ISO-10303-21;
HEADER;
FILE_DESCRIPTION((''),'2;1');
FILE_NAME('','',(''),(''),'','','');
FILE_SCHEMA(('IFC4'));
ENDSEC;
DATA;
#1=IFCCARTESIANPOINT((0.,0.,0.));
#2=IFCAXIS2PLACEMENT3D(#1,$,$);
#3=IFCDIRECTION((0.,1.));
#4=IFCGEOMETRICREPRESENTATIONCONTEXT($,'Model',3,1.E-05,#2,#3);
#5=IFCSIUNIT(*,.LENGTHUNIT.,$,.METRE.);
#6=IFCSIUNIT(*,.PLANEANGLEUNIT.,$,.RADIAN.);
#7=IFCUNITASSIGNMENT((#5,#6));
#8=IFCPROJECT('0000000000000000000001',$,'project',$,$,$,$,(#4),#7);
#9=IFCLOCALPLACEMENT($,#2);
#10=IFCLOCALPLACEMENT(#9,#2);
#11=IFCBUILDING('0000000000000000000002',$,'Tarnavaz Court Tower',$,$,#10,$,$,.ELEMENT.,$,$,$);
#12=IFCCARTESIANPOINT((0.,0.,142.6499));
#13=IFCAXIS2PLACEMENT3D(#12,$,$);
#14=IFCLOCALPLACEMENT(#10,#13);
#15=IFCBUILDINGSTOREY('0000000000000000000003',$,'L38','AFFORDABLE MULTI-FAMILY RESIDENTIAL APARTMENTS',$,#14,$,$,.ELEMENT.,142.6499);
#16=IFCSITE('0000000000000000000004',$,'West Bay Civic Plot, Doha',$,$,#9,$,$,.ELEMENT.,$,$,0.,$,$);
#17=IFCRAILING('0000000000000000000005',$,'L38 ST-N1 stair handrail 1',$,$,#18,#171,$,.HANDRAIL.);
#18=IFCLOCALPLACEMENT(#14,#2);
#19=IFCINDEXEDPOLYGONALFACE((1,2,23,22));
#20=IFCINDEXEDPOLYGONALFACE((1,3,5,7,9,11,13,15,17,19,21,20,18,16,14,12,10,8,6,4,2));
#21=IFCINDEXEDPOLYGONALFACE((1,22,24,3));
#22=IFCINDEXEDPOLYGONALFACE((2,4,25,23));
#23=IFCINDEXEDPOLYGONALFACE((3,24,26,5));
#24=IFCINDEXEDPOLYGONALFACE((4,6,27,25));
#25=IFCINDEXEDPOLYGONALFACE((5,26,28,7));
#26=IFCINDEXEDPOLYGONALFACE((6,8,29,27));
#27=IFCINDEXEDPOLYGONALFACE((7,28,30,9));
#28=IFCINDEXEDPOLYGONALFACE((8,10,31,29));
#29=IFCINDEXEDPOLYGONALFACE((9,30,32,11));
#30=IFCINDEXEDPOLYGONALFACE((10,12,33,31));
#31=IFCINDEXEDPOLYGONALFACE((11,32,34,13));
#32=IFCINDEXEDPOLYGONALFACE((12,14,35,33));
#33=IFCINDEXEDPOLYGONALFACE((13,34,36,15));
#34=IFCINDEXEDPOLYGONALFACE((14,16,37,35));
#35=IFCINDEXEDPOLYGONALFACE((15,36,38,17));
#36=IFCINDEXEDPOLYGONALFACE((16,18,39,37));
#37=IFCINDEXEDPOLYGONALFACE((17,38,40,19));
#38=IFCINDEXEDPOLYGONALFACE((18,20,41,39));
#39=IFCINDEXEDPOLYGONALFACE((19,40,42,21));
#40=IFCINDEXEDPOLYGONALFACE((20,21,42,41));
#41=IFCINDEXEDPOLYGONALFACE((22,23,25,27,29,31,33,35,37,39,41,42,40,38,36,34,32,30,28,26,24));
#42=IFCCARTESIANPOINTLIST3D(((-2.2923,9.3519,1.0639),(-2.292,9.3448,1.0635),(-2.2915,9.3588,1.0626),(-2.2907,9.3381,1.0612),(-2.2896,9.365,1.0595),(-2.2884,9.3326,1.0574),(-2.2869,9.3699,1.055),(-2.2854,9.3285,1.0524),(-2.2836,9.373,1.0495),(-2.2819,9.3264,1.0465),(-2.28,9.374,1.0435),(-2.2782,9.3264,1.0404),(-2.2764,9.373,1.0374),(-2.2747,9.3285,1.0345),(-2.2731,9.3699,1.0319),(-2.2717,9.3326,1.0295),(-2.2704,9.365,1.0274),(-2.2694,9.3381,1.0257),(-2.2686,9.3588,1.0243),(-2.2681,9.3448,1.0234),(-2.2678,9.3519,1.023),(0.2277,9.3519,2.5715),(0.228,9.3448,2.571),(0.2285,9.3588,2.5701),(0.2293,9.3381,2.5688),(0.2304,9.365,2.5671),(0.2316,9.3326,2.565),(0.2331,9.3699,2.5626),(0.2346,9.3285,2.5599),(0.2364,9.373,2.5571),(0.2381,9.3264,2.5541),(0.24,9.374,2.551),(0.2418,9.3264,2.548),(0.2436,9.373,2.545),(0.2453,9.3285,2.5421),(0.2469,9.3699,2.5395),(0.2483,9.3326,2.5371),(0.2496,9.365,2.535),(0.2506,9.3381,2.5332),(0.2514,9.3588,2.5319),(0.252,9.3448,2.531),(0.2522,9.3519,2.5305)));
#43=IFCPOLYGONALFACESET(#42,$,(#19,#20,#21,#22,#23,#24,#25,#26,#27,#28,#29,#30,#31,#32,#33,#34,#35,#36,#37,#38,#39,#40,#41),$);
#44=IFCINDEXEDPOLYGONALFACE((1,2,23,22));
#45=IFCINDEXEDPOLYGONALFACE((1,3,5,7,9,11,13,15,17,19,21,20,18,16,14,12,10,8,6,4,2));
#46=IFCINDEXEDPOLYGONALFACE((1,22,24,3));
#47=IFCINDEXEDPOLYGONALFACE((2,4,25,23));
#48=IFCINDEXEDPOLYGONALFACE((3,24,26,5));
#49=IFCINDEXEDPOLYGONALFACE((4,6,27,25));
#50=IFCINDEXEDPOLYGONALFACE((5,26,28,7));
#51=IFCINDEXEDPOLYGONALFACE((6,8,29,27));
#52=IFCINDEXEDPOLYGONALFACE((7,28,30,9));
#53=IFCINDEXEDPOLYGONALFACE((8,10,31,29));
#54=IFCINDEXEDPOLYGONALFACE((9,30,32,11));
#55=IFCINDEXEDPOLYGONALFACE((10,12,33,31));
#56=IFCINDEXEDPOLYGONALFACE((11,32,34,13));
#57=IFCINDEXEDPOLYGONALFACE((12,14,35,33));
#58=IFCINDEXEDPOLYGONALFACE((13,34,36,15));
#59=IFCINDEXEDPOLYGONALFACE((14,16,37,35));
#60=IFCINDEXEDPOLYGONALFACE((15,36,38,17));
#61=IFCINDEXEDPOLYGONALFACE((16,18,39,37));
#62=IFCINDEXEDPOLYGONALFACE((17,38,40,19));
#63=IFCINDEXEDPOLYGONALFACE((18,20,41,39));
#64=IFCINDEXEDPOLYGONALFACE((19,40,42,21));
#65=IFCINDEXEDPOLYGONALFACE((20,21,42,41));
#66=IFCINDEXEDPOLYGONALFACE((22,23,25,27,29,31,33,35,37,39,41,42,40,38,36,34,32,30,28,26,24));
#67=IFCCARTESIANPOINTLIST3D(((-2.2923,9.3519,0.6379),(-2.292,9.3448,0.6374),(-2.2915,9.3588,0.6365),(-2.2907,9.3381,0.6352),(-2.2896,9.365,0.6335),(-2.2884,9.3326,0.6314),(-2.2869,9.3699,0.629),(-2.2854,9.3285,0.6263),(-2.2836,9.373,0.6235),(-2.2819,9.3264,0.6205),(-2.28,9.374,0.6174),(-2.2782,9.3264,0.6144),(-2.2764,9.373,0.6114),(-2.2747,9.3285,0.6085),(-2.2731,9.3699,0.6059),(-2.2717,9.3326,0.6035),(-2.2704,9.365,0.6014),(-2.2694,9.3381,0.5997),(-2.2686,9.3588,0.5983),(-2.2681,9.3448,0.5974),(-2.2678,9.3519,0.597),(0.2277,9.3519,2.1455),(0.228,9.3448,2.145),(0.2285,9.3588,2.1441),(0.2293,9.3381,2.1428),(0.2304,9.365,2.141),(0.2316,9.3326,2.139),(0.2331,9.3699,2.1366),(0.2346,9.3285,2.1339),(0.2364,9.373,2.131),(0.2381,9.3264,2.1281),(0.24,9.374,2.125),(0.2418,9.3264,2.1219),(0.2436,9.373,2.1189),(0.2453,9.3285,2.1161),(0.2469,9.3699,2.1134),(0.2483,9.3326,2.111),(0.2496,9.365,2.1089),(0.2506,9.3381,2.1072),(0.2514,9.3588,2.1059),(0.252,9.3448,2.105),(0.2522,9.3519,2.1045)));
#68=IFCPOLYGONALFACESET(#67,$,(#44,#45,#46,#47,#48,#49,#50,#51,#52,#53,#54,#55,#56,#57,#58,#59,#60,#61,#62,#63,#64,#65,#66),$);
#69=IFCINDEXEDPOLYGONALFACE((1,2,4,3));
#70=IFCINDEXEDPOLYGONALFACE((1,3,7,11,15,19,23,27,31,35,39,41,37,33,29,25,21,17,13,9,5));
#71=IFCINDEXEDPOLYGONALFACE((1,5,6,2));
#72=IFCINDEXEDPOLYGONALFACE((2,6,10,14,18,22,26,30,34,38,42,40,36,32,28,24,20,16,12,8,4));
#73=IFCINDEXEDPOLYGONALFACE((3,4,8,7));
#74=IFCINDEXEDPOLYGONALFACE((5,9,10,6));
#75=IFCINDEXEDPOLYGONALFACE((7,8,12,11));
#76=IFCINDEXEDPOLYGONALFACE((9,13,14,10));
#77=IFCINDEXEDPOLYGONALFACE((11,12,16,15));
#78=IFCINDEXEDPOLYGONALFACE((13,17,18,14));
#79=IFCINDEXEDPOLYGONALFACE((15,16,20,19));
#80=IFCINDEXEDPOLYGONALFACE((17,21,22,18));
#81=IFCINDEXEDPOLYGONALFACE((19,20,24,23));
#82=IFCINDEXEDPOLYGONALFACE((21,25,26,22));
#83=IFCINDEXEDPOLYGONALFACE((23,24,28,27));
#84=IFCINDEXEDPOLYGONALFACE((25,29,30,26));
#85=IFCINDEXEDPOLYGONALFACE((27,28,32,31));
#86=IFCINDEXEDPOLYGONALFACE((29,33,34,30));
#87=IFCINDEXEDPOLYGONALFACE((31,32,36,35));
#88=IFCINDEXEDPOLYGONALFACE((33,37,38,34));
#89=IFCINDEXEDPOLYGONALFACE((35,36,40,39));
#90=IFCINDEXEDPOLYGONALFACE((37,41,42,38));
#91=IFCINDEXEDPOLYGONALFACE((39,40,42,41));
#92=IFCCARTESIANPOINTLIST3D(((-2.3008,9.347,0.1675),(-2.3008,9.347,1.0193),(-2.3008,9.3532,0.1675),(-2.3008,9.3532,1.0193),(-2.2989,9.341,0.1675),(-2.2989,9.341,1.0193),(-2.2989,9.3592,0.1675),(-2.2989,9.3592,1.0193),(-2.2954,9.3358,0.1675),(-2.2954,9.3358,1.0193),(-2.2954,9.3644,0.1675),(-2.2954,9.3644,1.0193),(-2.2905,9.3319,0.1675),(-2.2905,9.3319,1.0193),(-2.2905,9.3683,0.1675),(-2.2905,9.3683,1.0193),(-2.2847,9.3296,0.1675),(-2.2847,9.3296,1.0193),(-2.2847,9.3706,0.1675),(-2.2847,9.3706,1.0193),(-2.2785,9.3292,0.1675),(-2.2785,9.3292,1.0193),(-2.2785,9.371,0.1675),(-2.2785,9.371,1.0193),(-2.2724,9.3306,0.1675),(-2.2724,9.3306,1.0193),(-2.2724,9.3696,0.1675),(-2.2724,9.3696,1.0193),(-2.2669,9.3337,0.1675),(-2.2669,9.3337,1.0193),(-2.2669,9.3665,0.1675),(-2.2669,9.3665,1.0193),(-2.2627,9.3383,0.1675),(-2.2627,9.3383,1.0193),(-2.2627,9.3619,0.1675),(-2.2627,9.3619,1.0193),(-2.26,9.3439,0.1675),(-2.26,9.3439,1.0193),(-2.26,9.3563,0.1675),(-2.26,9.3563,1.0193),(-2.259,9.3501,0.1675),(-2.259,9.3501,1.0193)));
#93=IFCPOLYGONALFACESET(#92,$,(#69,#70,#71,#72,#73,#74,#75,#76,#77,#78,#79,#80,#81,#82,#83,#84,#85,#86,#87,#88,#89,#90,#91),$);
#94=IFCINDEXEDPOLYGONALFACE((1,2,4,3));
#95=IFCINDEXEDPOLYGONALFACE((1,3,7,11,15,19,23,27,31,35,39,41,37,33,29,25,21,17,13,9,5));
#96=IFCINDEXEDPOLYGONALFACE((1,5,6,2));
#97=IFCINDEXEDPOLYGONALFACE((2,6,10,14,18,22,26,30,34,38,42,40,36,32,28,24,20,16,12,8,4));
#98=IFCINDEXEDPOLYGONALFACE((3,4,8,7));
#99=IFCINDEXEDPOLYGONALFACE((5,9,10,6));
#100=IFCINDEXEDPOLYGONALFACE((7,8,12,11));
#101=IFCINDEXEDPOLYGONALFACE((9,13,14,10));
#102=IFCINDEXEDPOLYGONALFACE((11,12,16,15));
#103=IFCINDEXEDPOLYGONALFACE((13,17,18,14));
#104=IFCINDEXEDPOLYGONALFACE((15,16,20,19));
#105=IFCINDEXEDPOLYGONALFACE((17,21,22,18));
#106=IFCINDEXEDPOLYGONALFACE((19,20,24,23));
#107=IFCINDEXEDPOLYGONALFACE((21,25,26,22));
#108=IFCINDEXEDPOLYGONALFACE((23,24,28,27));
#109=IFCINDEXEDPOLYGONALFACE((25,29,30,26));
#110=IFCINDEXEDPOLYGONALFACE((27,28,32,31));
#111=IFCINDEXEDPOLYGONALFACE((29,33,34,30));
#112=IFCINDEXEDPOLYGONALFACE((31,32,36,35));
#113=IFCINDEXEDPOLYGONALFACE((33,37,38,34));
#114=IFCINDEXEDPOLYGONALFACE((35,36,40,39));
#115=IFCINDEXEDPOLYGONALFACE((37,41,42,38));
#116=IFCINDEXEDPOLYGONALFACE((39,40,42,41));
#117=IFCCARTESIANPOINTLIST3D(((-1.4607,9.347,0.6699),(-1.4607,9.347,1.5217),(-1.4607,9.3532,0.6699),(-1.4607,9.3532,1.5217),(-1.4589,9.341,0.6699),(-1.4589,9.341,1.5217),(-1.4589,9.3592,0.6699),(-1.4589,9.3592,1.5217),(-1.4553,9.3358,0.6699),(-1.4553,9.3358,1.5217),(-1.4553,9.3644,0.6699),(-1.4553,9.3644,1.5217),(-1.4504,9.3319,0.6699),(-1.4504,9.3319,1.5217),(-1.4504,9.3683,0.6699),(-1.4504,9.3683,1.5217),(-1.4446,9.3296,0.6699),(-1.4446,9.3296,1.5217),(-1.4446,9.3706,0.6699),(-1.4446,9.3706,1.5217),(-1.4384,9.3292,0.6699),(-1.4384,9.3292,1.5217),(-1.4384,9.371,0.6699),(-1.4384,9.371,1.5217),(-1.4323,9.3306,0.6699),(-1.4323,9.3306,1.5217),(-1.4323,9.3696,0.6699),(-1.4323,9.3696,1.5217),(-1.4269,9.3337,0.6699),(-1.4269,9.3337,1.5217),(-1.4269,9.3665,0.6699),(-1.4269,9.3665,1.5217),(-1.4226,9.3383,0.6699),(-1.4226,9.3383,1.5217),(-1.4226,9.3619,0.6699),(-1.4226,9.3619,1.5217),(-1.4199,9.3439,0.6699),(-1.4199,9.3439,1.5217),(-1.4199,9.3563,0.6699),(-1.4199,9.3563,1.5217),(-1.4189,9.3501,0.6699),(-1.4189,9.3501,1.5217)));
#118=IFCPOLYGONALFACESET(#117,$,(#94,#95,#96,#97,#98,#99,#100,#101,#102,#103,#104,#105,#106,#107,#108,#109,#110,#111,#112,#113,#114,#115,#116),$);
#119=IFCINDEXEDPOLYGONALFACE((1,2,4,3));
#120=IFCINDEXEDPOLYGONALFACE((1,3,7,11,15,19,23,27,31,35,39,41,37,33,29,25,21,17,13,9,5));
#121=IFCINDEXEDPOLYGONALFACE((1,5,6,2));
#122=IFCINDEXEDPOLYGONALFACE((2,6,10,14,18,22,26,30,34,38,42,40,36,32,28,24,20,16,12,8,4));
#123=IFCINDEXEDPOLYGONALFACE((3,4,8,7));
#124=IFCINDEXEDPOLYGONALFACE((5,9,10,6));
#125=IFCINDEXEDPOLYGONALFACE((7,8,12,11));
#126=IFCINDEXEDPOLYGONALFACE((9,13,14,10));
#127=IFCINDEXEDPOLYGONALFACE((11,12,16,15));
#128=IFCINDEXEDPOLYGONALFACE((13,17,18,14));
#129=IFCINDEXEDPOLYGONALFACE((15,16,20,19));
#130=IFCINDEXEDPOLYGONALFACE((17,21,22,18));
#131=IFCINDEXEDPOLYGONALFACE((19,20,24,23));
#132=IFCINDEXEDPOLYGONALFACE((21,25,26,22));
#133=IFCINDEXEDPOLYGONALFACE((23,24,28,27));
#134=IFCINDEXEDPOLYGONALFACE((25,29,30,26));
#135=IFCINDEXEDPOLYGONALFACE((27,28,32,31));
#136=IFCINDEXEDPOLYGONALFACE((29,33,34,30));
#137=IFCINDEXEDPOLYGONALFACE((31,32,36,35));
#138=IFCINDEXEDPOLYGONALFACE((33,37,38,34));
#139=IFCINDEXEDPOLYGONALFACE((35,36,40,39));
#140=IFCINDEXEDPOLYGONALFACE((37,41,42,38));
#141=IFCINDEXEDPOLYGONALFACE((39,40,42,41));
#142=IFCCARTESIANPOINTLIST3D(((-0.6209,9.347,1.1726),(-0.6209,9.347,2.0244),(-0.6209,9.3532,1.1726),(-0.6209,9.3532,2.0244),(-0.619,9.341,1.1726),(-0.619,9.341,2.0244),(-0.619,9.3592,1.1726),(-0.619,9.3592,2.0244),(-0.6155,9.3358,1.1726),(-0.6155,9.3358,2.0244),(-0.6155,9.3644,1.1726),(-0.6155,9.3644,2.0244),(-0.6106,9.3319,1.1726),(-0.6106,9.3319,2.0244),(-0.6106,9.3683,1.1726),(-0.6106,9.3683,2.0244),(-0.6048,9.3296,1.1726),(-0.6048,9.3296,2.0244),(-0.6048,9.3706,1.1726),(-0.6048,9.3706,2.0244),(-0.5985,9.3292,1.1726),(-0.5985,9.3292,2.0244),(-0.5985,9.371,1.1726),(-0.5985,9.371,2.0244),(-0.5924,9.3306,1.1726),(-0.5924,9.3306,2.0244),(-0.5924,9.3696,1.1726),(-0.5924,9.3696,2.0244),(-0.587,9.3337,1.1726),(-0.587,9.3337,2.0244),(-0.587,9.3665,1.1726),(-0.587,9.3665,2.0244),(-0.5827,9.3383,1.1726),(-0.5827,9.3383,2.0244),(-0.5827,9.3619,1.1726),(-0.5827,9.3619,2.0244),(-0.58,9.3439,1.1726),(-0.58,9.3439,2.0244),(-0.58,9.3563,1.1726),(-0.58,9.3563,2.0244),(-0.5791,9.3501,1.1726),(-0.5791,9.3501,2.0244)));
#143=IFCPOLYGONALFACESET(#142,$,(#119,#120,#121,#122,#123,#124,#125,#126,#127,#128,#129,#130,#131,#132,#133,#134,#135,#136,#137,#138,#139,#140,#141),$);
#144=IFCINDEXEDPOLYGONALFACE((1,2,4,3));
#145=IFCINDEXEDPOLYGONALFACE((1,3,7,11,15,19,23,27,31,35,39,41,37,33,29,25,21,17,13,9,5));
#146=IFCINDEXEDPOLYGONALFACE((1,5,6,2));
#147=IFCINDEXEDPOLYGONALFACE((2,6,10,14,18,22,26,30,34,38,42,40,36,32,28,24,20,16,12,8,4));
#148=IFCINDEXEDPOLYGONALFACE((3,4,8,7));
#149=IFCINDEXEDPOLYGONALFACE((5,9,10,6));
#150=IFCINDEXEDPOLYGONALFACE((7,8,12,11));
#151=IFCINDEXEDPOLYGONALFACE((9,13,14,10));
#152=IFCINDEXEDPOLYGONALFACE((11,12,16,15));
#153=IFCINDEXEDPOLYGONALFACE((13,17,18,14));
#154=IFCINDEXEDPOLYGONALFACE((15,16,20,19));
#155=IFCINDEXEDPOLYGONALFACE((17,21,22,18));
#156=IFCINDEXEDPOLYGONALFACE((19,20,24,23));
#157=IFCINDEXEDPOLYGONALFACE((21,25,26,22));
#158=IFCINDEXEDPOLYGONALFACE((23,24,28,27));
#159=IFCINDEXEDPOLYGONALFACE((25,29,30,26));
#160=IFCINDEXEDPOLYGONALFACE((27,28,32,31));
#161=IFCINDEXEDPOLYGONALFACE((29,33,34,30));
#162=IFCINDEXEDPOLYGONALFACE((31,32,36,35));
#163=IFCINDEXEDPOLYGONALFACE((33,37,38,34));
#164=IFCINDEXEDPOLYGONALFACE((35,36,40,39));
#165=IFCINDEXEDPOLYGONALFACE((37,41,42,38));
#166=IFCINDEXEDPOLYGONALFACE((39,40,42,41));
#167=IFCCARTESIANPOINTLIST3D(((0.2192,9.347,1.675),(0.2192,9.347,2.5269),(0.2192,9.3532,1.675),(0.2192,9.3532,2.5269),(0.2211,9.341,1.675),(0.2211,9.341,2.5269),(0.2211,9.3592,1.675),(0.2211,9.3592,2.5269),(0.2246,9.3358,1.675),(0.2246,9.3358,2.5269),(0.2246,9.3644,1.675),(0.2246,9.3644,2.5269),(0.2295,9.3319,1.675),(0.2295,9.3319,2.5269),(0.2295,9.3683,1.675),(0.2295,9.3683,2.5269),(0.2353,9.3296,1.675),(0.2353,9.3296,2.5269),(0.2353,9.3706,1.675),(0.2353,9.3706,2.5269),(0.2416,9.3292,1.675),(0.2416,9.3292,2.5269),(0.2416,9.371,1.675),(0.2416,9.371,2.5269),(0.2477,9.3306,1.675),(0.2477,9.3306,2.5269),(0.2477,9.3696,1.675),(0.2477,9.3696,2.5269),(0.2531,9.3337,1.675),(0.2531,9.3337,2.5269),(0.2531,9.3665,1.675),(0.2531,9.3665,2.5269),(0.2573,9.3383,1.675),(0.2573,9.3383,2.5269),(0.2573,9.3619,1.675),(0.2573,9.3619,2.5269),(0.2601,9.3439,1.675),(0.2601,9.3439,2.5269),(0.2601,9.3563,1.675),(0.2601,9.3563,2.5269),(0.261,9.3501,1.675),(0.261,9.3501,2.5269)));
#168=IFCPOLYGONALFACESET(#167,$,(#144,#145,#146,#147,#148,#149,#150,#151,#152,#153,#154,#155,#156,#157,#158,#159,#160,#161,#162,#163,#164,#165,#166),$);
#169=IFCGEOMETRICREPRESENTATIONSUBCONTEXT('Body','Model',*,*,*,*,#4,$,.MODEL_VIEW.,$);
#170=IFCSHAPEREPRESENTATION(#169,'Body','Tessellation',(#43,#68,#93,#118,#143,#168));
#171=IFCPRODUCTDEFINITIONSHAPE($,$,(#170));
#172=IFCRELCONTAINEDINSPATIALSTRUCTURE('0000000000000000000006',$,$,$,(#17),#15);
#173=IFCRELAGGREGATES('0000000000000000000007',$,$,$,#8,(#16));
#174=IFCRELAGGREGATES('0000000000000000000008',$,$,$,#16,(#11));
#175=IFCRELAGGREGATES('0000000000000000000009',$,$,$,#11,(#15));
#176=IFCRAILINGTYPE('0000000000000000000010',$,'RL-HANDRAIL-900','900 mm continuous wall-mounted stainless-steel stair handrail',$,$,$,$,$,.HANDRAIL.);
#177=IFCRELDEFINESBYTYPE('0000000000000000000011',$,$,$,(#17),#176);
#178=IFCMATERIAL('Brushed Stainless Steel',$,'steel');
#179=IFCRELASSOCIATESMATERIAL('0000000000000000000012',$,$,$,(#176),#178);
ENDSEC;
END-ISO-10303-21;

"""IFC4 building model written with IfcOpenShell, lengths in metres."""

from ifc_helpers import new_model, si_unit, direction, frame, origin, origin_2d, place, context, subcontext, project, spatial, circle, extrude, material, type_object, element, save


model = new_model("IFC4")

# Units and contexts
model_context = context("Model", 3, precision=1e-05, world=origin(), true_north=direction((0.0, 1.0)))
body_context = subcontext(model_context, "Body", "Model", "MODEL_VIEW")
ifc_project = project(units=[si_unit("LENGTHUNIT", "METRE"), si_unit("PLANEANGLEUNIT", "RADIAN")], contexts=[model_context])

# Site, building, storey
site_placement = place(None, origin())
site = spatial("IfcSite", under=ifc_project, at=site_placement, Name="West Bay Civic Plot, Doha", CompositionType="ELEMENT", RefElevation=0.0)
building_placement = place(site_placement, origin())
building = spatial("IfcBuilding", under=site, at=building_placement, Name="Tarnavaz Court Tower", CompositionType="ELEMENT")
storey_placement = place(building_placement, frame((0.0, 0.0, 142.6499)))
storey = spatial("IfcBuildingStorey", under=building, at=storey_placement, Name="L38", Description="AFFORDABLE MULTI-FAMILY RESIDENTIAL APARTMENTS", CompositionType="ELEMENT", Elevation=142.6499)

# Railing
ifc_material_1 = material(Name="Brushed Stainless Steel", Category="steel")
railing_type_1 = type_object("IfcRailingType", Name="RL-HANDRAIL-900", Description="900 mm continuous wall-mounted stainless-steel stair handrail", PredefinedType="HANDRAIL", material=ifc_material_1)
railing_1_placement = place(storey_placement, frame((-2.28, 9.3501, 0.1675)))
element("IfcRailing", 1, at=railing_1_placement, inside=storey, type_object=railing_type_1, Name="L38 ST-N1 stair handrail 1", PredefinedType="HANDRAIL", context=body_context, shape_type="SweptSolid", body=[
    extrude(circle(Radius=0.0239, at=origin_2d()), frame((0.0, 0.0, 0.876), z_axis=(0.85816, 0.0, 0.513383), x_axis=(0.0, 1.0, 0.0)), (0.0, 0.0, 1.0), 2.9365),
    extrude(circle(Radius=0.0239, at=origin_2d()), frame((0.0, 0.0, 0.45), z_axis=(0.85816, 0.0, 0.513383), x_axis=(0.0, 1.0, 0.0)), (0.0, 0.0, 1.0), 2.9365),
    extrude(circle(Radius=0.021, at=origin_2d()), origin(), (0.0, 0.0, 1.0), 0.8518),
    extrude(circle(Radius=0.021, at=origin_2d()), frame((0.8401, 0.0, 0.5024)), (0.0, 0.0, 1.0), 0.8518),
    extrude(circle(Radius=0.021, at=origin_2d()), frame((1.6799, 0.0, 1.0051)), (0.0, 0.0, 1.0), 0.8518),
    extrude(circle(Radius=0.021, at=origin_2d()), frame((2.52, 0.0, 1.5076)), (0.0, 0.0, 1.0), 0.8518),
])

save(model, "model.ifc")
